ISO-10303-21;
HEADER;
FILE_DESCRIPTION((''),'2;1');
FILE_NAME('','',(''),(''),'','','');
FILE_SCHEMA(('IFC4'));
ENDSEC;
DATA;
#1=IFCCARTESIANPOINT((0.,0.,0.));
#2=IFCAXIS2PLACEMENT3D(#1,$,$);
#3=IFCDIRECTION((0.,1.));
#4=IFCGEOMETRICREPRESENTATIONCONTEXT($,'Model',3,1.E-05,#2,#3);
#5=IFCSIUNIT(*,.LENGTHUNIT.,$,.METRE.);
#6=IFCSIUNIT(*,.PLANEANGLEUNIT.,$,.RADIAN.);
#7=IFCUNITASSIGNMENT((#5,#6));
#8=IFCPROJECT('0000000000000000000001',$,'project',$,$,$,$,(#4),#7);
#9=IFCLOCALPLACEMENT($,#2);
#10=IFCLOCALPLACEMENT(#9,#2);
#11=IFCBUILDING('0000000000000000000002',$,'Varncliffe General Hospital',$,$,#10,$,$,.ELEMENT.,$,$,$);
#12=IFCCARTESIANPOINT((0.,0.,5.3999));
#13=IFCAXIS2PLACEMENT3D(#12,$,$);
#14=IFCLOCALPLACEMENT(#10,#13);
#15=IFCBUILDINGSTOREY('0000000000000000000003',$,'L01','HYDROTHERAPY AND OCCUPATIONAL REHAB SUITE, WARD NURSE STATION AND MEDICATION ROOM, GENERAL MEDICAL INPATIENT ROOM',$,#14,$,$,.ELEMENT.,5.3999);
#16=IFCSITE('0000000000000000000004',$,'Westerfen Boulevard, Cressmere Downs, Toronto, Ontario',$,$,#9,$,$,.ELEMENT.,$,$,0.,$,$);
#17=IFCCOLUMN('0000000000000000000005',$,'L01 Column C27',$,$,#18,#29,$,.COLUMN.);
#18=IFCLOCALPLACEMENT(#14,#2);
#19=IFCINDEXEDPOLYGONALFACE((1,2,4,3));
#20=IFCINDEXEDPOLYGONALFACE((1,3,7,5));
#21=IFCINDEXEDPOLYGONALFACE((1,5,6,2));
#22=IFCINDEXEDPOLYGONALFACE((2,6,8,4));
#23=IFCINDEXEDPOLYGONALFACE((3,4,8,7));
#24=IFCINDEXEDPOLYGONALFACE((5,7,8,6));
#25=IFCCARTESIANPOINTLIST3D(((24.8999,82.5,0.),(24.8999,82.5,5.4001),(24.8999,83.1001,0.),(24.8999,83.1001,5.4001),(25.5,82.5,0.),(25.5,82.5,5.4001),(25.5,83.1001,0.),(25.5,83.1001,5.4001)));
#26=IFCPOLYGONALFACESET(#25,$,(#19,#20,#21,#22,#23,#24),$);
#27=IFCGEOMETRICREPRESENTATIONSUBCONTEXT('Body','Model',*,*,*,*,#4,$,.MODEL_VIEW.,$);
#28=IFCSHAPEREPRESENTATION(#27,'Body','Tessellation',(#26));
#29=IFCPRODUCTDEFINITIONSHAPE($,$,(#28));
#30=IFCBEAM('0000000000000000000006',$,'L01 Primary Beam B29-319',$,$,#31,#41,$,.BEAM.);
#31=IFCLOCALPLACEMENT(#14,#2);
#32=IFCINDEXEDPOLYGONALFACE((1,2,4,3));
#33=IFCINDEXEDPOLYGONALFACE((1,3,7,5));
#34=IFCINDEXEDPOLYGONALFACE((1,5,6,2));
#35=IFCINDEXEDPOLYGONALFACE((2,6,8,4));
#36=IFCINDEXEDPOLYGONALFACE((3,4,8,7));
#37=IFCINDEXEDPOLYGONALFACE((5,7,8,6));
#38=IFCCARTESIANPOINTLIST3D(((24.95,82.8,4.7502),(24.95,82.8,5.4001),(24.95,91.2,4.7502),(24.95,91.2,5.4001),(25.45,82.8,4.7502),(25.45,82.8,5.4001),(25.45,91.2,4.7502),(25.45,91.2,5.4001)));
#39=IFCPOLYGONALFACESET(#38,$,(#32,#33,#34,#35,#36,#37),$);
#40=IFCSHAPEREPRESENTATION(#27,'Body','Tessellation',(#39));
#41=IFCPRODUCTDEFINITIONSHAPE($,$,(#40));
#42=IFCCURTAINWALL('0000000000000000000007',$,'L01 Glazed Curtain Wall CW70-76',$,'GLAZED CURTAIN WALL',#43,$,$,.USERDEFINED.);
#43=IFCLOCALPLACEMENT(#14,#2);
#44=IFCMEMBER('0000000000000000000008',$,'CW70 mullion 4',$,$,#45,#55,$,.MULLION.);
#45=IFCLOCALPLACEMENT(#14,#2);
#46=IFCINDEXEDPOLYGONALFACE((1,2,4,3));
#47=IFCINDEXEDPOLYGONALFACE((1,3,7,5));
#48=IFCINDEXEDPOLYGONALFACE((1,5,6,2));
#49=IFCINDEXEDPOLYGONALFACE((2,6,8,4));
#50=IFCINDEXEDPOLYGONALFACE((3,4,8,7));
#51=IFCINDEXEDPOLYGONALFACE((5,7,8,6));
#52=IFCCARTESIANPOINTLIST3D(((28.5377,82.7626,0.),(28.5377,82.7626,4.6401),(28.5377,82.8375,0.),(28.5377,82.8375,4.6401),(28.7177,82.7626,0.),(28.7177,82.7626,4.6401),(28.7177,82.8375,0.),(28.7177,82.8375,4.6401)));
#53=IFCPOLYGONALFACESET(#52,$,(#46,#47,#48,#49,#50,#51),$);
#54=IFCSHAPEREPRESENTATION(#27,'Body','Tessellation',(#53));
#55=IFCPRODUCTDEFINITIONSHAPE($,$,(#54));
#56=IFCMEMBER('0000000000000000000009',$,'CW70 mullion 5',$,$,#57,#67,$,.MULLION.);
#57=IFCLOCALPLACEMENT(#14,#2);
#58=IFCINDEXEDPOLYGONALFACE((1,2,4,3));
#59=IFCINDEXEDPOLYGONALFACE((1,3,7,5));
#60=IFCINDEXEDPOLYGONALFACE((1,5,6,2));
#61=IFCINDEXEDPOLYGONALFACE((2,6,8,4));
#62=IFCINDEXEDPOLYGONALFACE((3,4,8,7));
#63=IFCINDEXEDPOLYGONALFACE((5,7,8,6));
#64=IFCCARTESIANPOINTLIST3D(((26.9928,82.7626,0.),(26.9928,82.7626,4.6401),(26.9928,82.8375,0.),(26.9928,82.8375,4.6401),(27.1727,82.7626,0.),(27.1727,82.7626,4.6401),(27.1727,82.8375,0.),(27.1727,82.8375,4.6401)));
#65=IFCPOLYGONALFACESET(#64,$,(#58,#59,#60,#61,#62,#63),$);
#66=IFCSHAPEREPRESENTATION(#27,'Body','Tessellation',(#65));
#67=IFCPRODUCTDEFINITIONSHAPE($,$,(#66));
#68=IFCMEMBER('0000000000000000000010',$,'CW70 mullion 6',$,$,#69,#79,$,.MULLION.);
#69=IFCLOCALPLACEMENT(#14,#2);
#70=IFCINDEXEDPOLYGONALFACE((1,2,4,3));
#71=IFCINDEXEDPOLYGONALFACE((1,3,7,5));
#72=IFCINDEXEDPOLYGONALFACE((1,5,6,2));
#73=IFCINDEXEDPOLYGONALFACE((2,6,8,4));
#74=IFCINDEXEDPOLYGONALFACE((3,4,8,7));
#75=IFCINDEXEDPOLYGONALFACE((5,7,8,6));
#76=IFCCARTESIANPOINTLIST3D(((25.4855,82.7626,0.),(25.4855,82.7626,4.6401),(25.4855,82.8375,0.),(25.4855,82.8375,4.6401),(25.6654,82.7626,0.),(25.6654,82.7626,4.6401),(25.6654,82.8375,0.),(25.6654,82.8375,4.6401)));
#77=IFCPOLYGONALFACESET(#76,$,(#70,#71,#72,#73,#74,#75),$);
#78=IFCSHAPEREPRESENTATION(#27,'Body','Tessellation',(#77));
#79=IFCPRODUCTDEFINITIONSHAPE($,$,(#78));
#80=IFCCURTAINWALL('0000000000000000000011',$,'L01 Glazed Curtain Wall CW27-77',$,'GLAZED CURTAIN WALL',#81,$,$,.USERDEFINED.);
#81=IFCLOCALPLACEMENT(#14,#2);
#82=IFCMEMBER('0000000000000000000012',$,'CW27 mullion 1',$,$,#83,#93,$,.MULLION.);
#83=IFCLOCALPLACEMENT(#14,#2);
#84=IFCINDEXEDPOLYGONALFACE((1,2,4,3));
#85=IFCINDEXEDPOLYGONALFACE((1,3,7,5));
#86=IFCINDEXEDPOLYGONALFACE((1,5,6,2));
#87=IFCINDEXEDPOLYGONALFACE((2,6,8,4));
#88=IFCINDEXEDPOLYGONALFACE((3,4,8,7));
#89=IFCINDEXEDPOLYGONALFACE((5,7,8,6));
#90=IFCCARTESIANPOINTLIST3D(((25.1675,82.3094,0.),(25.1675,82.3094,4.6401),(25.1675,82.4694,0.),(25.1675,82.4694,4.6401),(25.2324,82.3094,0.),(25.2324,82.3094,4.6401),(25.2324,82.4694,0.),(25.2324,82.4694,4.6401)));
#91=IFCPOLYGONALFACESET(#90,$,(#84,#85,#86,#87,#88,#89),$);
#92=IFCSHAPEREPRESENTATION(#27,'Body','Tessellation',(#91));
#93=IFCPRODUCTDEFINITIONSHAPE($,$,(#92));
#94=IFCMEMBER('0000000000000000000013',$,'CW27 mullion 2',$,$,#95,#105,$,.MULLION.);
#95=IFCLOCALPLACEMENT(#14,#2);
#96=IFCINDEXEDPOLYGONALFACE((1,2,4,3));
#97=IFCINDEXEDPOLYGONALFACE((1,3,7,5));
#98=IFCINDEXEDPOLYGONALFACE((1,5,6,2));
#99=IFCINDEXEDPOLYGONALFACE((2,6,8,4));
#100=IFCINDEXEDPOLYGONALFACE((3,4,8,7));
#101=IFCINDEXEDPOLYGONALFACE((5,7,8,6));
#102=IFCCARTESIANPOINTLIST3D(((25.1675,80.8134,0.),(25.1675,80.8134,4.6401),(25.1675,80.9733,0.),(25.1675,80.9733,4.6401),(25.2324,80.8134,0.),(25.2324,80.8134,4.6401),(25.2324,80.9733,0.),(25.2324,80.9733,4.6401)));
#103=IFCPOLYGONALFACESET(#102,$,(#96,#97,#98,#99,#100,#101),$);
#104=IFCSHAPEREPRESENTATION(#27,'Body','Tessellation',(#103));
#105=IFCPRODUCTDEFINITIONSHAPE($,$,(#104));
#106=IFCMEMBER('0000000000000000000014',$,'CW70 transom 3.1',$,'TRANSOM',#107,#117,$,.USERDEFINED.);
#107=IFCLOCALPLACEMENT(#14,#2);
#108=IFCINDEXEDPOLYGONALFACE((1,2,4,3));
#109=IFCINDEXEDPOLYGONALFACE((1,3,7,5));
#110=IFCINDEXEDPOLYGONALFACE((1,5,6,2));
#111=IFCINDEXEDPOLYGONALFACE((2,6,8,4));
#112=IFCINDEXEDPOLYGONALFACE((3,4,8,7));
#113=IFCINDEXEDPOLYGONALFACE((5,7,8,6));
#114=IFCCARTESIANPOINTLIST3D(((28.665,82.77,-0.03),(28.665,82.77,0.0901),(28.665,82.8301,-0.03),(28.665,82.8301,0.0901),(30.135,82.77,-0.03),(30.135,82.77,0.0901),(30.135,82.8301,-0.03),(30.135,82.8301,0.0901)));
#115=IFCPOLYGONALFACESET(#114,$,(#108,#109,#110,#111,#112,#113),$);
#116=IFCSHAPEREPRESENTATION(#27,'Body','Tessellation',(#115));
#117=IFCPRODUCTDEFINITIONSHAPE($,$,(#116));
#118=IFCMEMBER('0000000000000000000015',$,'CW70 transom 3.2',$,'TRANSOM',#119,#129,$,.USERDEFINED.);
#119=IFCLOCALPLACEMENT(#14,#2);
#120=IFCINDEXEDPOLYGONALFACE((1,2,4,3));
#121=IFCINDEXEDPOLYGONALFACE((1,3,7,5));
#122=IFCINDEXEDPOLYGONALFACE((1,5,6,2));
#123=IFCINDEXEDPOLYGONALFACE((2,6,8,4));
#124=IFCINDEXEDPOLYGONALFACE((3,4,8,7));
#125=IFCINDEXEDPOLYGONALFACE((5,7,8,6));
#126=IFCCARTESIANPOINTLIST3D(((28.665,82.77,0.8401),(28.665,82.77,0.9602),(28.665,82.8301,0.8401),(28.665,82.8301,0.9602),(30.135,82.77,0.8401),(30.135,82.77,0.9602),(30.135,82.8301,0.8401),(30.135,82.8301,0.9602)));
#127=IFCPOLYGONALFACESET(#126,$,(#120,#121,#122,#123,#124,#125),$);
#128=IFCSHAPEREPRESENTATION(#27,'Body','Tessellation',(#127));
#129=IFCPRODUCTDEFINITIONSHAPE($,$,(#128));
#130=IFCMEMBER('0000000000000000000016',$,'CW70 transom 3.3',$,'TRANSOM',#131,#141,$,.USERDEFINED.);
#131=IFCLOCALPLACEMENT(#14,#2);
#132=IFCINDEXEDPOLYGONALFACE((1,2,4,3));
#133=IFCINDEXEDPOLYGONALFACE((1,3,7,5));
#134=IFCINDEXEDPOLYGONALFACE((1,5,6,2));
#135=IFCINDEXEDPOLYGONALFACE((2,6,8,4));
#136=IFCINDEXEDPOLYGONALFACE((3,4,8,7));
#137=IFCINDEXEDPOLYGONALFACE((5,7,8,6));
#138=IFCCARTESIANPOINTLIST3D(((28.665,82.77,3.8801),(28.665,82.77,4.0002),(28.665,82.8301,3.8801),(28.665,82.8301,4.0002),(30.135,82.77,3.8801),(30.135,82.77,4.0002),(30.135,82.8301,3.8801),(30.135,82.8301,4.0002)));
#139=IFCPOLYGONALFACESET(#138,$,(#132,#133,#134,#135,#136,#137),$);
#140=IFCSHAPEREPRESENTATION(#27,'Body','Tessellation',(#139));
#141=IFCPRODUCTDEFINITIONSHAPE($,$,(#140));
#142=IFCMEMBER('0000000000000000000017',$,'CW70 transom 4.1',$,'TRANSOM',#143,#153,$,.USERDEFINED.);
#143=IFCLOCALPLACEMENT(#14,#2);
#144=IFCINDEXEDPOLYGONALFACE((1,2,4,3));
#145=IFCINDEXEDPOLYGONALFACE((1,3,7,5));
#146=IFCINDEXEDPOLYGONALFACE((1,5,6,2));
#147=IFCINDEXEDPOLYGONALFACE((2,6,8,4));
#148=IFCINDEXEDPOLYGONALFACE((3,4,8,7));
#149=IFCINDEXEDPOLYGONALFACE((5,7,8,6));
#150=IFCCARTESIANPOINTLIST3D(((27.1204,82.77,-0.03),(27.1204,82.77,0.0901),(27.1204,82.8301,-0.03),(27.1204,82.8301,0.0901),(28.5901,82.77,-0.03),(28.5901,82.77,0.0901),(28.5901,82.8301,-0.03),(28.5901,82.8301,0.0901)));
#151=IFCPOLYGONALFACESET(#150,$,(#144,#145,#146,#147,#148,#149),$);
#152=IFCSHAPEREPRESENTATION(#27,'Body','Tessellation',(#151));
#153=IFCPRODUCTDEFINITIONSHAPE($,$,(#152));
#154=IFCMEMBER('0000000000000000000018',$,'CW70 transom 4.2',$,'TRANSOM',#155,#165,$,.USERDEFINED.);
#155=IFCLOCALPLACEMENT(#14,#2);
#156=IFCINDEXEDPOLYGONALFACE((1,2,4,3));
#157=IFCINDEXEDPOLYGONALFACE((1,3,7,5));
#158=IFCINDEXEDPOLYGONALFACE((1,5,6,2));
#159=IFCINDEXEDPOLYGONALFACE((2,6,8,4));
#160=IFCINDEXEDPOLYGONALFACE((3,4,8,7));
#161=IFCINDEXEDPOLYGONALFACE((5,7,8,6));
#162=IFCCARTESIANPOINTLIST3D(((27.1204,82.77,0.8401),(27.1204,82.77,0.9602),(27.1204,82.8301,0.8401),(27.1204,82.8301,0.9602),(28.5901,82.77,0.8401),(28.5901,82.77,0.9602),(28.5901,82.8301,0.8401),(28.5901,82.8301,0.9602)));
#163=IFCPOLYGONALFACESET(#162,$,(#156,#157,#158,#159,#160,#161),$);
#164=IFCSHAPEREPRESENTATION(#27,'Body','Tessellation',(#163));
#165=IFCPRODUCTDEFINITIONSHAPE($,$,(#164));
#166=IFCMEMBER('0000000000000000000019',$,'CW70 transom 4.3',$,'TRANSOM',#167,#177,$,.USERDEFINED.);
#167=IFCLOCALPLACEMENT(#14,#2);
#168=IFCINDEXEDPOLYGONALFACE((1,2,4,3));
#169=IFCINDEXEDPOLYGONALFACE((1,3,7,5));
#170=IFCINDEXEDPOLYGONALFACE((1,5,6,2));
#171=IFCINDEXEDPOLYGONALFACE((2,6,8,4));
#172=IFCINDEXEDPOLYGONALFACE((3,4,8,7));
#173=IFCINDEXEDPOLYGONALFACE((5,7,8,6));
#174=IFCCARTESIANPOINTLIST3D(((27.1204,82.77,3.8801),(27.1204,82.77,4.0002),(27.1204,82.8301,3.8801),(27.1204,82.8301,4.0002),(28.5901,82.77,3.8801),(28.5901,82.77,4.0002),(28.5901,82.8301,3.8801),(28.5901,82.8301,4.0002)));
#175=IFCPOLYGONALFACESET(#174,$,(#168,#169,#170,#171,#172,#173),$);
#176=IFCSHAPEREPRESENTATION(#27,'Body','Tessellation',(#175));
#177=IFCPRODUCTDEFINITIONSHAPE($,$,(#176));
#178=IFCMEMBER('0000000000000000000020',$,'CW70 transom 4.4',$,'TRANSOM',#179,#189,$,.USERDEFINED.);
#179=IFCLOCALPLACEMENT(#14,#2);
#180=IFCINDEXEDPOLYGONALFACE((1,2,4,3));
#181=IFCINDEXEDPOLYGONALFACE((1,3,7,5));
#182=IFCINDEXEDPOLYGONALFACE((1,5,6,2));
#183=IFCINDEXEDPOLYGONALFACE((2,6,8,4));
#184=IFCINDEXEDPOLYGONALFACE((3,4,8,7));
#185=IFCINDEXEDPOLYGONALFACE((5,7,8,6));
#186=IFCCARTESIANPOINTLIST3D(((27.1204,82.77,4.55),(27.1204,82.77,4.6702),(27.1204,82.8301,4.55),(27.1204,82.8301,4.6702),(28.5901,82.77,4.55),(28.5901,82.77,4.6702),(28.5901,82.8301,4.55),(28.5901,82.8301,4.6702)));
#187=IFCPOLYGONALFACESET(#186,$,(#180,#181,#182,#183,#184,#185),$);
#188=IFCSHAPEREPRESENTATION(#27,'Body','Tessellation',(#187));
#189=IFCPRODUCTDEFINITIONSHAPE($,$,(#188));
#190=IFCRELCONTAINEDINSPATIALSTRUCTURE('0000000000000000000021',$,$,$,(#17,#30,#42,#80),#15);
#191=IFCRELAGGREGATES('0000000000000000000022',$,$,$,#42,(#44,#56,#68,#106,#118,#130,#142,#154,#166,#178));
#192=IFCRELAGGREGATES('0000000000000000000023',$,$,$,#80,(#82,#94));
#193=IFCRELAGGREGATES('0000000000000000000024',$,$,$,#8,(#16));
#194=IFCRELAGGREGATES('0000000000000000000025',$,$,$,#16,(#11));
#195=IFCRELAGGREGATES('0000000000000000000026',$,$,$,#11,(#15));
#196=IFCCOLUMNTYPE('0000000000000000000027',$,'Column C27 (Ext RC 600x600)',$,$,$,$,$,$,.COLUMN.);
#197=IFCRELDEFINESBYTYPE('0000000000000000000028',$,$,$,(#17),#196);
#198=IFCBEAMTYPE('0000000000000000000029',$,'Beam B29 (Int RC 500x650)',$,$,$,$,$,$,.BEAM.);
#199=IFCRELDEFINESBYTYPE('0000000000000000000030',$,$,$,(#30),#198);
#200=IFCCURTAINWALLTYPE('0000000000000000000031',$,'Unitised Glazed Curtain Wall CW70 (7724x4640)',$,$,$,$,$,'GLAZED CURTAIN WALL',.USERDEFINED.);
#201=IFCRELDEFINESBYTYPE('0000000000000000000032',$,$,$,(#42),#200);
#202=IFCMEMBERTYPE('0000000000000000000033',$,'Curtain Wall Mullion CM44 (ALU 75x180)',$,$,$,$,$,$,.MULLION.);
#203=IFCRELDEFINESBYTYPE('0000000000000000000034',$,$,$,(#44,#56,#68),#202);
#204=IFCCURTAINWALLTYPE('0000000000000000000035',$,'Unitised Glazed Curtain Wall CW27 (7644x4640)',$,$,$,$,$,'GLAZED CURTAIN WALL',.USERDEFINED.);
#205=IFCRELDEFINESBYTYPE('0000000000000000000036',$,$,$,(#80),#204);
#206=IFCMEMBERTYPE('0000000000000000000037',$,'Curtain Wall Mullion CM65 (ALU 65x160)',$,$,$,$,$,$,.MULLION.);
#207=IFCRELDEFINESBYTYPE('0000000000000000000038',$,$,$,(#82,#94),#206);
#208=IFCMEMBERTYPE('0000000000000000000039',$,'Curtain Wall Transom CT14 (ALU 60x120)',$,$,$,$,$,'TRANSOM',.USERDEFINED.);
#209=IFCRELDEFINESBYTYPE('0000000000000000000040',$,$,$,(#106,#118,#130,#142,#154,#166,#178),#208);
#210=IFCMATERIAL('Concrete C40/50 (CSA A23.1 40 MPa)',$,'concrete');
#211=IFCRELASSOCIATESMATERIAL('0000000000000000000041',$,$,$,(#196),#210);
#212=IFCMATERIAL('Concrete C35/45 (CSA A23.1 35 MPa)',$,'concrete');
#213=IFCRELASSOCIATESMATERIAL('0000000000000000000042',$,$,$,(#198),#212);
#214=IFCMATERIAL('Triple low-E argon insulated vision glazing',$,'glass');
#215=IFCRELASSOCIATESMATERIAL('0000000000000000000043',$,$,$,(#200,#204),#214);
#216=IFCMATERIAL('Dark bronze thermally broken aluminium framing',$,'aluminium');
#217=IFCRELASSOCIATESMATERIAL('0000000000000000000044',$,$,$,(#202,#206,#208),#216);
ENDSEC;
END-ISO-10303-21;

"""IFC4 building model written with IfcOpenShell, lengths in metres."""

from ifc_helpers import new_model, si_unit, direction, frame, origin, origin_2d, place, context, subcontext, project, spatial, rectangle, extrude, material, material_profile, profile_set, type_object, element, aggregate, save


model = new_model("IFC4")

# Units and contexts
model_context = context("Model", 3, precision=1e-05, world=origin(), true_north=direction((0.0, 1.0)))
body_context = subcontext(model_context, "Body", "Model", "MODEL_VIEW")
ifc_project = project(units=[si_unit("LENGTHUNIT", "METRE"), si_unit("PLANEANGLEUNIT", "RADIAN")], contexts=[model_context])

# Site, building, storey
site_placement = place(None, origin())
site = spatial("IfcSite", under=ifc_project, at=site_placement, Name="Westerfen Boulevard, Cressmere Downs, Toronto, Ontario", CompositionType="ELEMENT", RefElevation=0.0)
building_placement = place(site_placement, origin())
building = spatial("IfcBuilding", under=site, at=building_placement, Name="Varncliffe General Hospital", CompositionType="ELEMENT")
storey_placement = place(building_placement, frame((0.0, 0.0, 5.3999)))
storey = spatial("IfcBuildingStorey", under=building, at=storey_placement, Name="L01", Description="HYDROTHERAPY AND OCCUPATIONAL REHAB SUITE, WARD NURSE STATION AND MEDICATION ROOM, GENERAL MEDICAL INPATIENT ROOM", CompositionType="ELEMENT", Elevation=5.3999)

# Column
ifc_material_1 = material(Name="Concrete C40/50 (CSA A23.1 40 MPa)", Category="concrete")
ifc_material_profile_1 = material_profile(ifc_material_1, rectangle(XDim=0.6001, YDim=0.6001, at=origin_2d()), Name="RC 600x600")
ifc_profile_set_1 = profile_set([ifc_material_profile_1], Name="Concrete C40/50 (CSA A23.1 40 MPa)")
column_type = type_object("IfcColumnType", Name="Column C27 (Ext RC 600x600)", PredefinedType="COLUMN", material=ifc_profile_set_1)
column_placement = place(storey_placement, frame((25.2, 82.8, 0.0), z_axis=(0.0, 0.0, 1.0), x_axis=(1.0, 0.0, 0.0)))
element("IfcColumn", 1, at=column_placement, inside=storey, type_object=column_type, Name="L01 Column C27", PredefinedType="COLUMN", context=body_context, shape_type="SweptSolid", body=[
    extrude(rectangle(XDim=0.6001, YDim=0.6001, at=origin_2d()), origin(), (0.0, 0.0, 1.0), 5.4001),
])

# Beam
ifc_material_2 = material(Name="Concrete C35/45 (CSA A23.1 35 MPa)", Category="concrete")
ifc_material_profile_2 = material_profile(ifc_material_2, rectangle(XDim=0.5, YDim=0.6499, at=origin_2d()), Name="RC 500x650")
ifc_profile_set_2 = profile_set([ifc_material_profile_2], Name="Concrete C35/45 (CSA A23.1 35 MPa)")
beam_type_1 = type_object("IfcBeamType", Name="Beam B29 (Int RC 500x650)", PredefinedType="BEAM", material=ifc_profile_set_2)
beam_1_placement = place(storey_placement, frame((25.2, 82.8, 5.0752), z_axis=(0.0, 1.0, 0.0), x_axis=(-1.0, 0.0, 0.0)))
element("IfcBeam", 2, at=beam_1_placement, inside=storey, type_object=beam_type_1, Name="L01 Primary Beam B29-319", PredefinedType="BEAM", context=body_context, shape_type="SweptSolid", body=[
    extrude(rectangle(XDim=0.5, YDim=0.6499, at=origin_2d()), origin(), (0.0, 0.0, 1.0), 8.3999),
])

# Curtain walls, members
ifc_material_3 = material(Name="Triple low-E argon insulated vision glazing", Category="glass")
curtain_wall_type_1 = type_object("IfcCurtainWallType", Name="Unitised Glazed Curtain Wall CW70 (7724x4640)", ElementType="GLAZED CURTAIN WALL", PredefinedType="USERDEFINED", material=ifc_material_3)
curtain_wall_1_placement = place(storey_placement, origin())
curtain_wall_1 = element("IfcCurtainWall", 3, at=curtain_wall_1_placement, inside=storey, type_object=curtain_wall_type_1, Name="L01 Glazed Curtain Wall CW70-76", ObjectType="GLAZED CURTAIN WALL", PredefinedType="USERDEFINED")
ifc_material_4 = material(Name="Dark bronze thermally broken aluminium framing", Category="aluminium")
ifc_material_profile_3 = material_profile(ifc_material_4, rectangle(XDim=0.075, YDim=0.1799, at=origin_2d()), Name="ALU 75x180")
ifc_profile_set_3 = profile_set([ifc_material_profile_3], Name="Dark bronze thermally broken aluminium framing")
member_type_1 = type_object("IfcMemberType", Name="Curtain Wall Mullion CM44 (ALU 75x180)", PredefinedType="MULLION", material=ifc_profile_set_3)
member_1_placement = place(storey_placement, frame((28.6277, 82.8, 0.0), z_axis=(0.0, 0.0, 1.0), x_axis=(0.0, -1.0, 0.0)))
member_1 = element("IfcMember", 4, at=member_1_placement, type_object=member_type_1, Name="CW70 mullion 4", PredefinedType="MULLION", context=body_context, shape_type="SweptSolid", body=[
    extrude(rectangle(XDim=0.075, YDim=0.1799, at=origin_2d()), origin(), (0.0, 0.0, 1.0), 4.6401),
])
member_2_placement = place(storey_placement, frame((27.0828, 82.8, 0.0), z_axis=(0.0, 0.0, 1.0), x_axis=(0.0, -1.0, 0.0)))
member_2 = element("IfcMember", 5, at=member_2_placement, type_object=member_type_1, Name="CW70 mullion 5", PredefinedType="MULLION", context=body_context, shape_type="SweptSolid", body=[
    extrude(rectangle(XDim=0.075, YDim=0.1799, at=origin_2d()), origin(), (0.0, 0.0, 1.0), 4.6401),
])
member_3_placement = place(storey_placement, frame((25.5754, 82.8, 0.0), z_axis=(0.0, 0.0, 1.0), x_axis=(0.0, -1.0, 0.0)))
member_3 = element("IfcMember", 6, at=member_3_placement, type_object=member_type_1, Name="CW70 mullion 6", PredefinedType="MULLION", context=body_context, shape_type="SweptSolid", body=[
    extrude(rectangle(XDim=0.075, YDim=0.1799, at=origin_2d()), origin(), (0.0, 0.0, 1.0), 4.6401),
])
curtain_wall_type_2 = type_object("IfcCurtainWallType", Name="Unitised Glazed Curtain Wall CW27 (7644x4640)", ElementType="GLAZED CURTAIN WALL", PredefinedType="USERDEFINED", material=ifc_material_3)
curtain_wall_2_placement = place(storey_placement, origin())
curtain_wall_2 = element("IfcCurtainWall", 7, at=curtain_wall_2_placement, inside=storey, type_object=curtain_wall_type_2, Name="L01 Glazed Curtain Wall CW27-77", ObjectType="GLAZED CURTAIN WALL", PredefinedType="USERDEFINED")
ifc_material_profile_4 = material_profile(ifc_material_4, rectangle(XDim=0.0649, YDim=0.1599, at=origin_2d()), Name="ALU 65x160")
ifc_profile_set_4 = profile_set([ifc_material_profile_4], Name="Dark bronze thermally broken aluminium framing")
member_type_2 = type_object("IfcMemberType", Name="Curtain Wall Mullion CM65 (ALU 65x160)", PredefinedType="MULLION", material=ifc_profile_set_4)
member_4_placement = place(storey_placement, frame((25.2, 82.3894, 0.0), z_axis=(0.0, 0.0, 1.0), x_axis=(1.0, 0.0, 0.0)))
member_4 = element("IfcMember", 8, at=member_4_placement, type_object=member_type_2, Name="CW27 mullion 1", PredefinedType="MULLION", context=body_context, shape_type="SweptSolid", body=[
    extrude(rectangle(XDim=0.0649, YDim=0.1599, at=origin_2d()), origin(), (0.0, 0.0, 1.0), 4.6401),
])
member_5_placement = place(storey_placement, frame((25.2, 80.8933, 0.0), z_axis=(0.0, 0.0, 1.0), x_axis=(1.0, 0.0, 0.0)))
member_5 = element("IfcMember", 9, at=member_5_placement, type_object=member_type_2, Name="CW27 mullion 2", PredefinedType="MULLION", context=body_context, shape_type="SweptSolid", body=[
    extrude(rectangle(XDim=0.0649, YDim=0.1599, at=origin_2d()), origin(), (0.0, 0.0, 1.0), 4.6401),
])

# Members
ifc_material_profile_5 = material_profile(ifc_material_4, rectangle(XDim=0.0601, YDim=0.1201, at=origin_2d()), Name="ALU 60x120")
ifc_profile_set_5 = profile_set([ifc_material_profile_5], Name="Dark bronze thermally broken aluminium framing")
member_type_3 = type_object("IfcMemberType", Name="Curtain Wall Transom CT14 (ALU 60x120)", ElementType="TRANSOM", PredefinedType="USERDEFINED", material=ifc_profile_set_5)
member_6_placement = place(storey_placement, frame((30.135, 82.8, 0.03), z_axis=(-1.0, 0.0, 0.0), x_axis=(0.0, -1.0, 0.0)))
member_6 = element("IfcMember", 10, at=member_6_placement, type_object=member_type_3, Name="CW70 transom 3.1", ObjectType="TRANSOM", PredefinedType="USERDEFINED", context=body_context, shape_type="SweptSolid", body=[
    extrude(rectangle(XDim=0.0601, YDim=0.1201, at=origin_2d()), origin(), (0.0, 0.0, 1.0), 1.47),
])
member_7_placement = place(storey_placement, frame((30.135, 82.8, 0.9001), z_axis=(-1.0, 0.0, 0.0), x_axis=(0.0, -1.0, 0.0)))
member_7 = element("IfcMember", 11, at=member_7_placement, type_object=member_type_3, Name="CW70 transom 3.2", ObjectType="TRANSOM", PredefinedType="USERDEFINED", context=body_context, shape_type="SweptSolid", body=[
    extrude(rectangle(XDim=0.0601, YDim=0.1201, at=origin_2d()), origin(), (0.0, 0.0, 1.0), 1.47),
])
member_8_placement = place(storey_placement, frame((30.135, 82.8, 3.9402), z_axis=(-1.0, 0.0, 0.0), x_axis=(0.0, -1.0, 0.0)))
member_8 = element("IfcMember", 12, at=member_8_placement, type_object=member_type_3, Name="CW70 transom 3.3", ObjectType="TRANSOM", PredefinedType="USERDEFINED", context=body_context, shape_type="SweptSolid", body=[
    extrude(rectangle(XDim=0.0601, YDim=0.1201, at=origin_2d()), origin(), (0.0, 0.0, 1.0), 1.47),
])
member_9_placement = place(storey_placement, frame((28.5901, 82.8, 0.03), z_axis=(-1.0, 0.0, 0.0), x_axis=(0.0, -1.0, 0.0)))
member_9 = element("IfcMember", 13, at=member_9_placement, type_object=member_type_3, Name="CW70 transom 4.1", ObjectType="TRANSOM", PredefinedType="USERDEFINED", context=body_context, shape_type="SweptSolid", body=[
    extrude(rectangle(XDim=0.0601, YDim=0.1201, at=origin_2d()), origin(), (0.0, 0.0, 1.0), 1.4697),
])
member_10_placement = place(storey_placement, frame((28.5901, 82.8, 0.9001), z_axis=(-1.0, 0.0, 0.0), x_axis=(0.0, -1.0, 0.0)))
member_10 = element("IfcMember", 14, at=member_10_placement, type_object=member_type_3, Name="CW70 transom 4.2", ObjectType="TRANSOM", PredefinedType="USERDEFINED", context=body_context, shape_type="SweptSolid", body=[
    extrude(rectangle(XDim=0.0601, YDim=0.1201, at=origin_2d()), origin(), (0.0, 0.0, 1.0), 1.4697),
])
member_11_placement = place(storey_placement, frame((28.5901, 82.8, 3.9402), z_axis=(-1.0, 0.0, 0.0), x_axis=(0.0, -1.0, 0.0)))
member_11 = element("IfcMember", 15, at=member_11_placement, type_object=member_type_3, Name="CW70 transom 4.3", ObjectType="TRANSOM", PredefinedType="USERDEFINED", context=body_context, shape_type="SweptSolid", body=[
    extrude(rectangle(XDim=0.0601, YDim=0.1201, at=origin_2d()), origin(), (0.0, 0.0, 1.0), 1.4697),
])
member_12_placement = place(storey_placement, frame((28.5901, 82.8, 4.6101), z_axis=(-1.0, 0.0, 0.0), x_axis=(0.0, -1.0, 0.0)))
member_12 = element("IfcMember", 16, at=member_12_placement, type_object=member_type_3, Name="CW70 transom 4.4", ObjectType="TRANSOM", PredefinedType="USERDEFINED", context=body_context, shape_type="SweptSolid", body=[
    extrude(rectangle(XDim=0.0601, YDim=0.1201, at=origin_2d()), origin(), (0.0, 0.0, 1.0), 1.4697),
])

aggregate(curtain_wall_1, [member_1, member_2, member_3, member_6, member_7, member_8, member_9, member_10, member_11, member_12])
aggregate(curtain_wall_2, [member_4, member_5])

save(model, "model.ifc")
